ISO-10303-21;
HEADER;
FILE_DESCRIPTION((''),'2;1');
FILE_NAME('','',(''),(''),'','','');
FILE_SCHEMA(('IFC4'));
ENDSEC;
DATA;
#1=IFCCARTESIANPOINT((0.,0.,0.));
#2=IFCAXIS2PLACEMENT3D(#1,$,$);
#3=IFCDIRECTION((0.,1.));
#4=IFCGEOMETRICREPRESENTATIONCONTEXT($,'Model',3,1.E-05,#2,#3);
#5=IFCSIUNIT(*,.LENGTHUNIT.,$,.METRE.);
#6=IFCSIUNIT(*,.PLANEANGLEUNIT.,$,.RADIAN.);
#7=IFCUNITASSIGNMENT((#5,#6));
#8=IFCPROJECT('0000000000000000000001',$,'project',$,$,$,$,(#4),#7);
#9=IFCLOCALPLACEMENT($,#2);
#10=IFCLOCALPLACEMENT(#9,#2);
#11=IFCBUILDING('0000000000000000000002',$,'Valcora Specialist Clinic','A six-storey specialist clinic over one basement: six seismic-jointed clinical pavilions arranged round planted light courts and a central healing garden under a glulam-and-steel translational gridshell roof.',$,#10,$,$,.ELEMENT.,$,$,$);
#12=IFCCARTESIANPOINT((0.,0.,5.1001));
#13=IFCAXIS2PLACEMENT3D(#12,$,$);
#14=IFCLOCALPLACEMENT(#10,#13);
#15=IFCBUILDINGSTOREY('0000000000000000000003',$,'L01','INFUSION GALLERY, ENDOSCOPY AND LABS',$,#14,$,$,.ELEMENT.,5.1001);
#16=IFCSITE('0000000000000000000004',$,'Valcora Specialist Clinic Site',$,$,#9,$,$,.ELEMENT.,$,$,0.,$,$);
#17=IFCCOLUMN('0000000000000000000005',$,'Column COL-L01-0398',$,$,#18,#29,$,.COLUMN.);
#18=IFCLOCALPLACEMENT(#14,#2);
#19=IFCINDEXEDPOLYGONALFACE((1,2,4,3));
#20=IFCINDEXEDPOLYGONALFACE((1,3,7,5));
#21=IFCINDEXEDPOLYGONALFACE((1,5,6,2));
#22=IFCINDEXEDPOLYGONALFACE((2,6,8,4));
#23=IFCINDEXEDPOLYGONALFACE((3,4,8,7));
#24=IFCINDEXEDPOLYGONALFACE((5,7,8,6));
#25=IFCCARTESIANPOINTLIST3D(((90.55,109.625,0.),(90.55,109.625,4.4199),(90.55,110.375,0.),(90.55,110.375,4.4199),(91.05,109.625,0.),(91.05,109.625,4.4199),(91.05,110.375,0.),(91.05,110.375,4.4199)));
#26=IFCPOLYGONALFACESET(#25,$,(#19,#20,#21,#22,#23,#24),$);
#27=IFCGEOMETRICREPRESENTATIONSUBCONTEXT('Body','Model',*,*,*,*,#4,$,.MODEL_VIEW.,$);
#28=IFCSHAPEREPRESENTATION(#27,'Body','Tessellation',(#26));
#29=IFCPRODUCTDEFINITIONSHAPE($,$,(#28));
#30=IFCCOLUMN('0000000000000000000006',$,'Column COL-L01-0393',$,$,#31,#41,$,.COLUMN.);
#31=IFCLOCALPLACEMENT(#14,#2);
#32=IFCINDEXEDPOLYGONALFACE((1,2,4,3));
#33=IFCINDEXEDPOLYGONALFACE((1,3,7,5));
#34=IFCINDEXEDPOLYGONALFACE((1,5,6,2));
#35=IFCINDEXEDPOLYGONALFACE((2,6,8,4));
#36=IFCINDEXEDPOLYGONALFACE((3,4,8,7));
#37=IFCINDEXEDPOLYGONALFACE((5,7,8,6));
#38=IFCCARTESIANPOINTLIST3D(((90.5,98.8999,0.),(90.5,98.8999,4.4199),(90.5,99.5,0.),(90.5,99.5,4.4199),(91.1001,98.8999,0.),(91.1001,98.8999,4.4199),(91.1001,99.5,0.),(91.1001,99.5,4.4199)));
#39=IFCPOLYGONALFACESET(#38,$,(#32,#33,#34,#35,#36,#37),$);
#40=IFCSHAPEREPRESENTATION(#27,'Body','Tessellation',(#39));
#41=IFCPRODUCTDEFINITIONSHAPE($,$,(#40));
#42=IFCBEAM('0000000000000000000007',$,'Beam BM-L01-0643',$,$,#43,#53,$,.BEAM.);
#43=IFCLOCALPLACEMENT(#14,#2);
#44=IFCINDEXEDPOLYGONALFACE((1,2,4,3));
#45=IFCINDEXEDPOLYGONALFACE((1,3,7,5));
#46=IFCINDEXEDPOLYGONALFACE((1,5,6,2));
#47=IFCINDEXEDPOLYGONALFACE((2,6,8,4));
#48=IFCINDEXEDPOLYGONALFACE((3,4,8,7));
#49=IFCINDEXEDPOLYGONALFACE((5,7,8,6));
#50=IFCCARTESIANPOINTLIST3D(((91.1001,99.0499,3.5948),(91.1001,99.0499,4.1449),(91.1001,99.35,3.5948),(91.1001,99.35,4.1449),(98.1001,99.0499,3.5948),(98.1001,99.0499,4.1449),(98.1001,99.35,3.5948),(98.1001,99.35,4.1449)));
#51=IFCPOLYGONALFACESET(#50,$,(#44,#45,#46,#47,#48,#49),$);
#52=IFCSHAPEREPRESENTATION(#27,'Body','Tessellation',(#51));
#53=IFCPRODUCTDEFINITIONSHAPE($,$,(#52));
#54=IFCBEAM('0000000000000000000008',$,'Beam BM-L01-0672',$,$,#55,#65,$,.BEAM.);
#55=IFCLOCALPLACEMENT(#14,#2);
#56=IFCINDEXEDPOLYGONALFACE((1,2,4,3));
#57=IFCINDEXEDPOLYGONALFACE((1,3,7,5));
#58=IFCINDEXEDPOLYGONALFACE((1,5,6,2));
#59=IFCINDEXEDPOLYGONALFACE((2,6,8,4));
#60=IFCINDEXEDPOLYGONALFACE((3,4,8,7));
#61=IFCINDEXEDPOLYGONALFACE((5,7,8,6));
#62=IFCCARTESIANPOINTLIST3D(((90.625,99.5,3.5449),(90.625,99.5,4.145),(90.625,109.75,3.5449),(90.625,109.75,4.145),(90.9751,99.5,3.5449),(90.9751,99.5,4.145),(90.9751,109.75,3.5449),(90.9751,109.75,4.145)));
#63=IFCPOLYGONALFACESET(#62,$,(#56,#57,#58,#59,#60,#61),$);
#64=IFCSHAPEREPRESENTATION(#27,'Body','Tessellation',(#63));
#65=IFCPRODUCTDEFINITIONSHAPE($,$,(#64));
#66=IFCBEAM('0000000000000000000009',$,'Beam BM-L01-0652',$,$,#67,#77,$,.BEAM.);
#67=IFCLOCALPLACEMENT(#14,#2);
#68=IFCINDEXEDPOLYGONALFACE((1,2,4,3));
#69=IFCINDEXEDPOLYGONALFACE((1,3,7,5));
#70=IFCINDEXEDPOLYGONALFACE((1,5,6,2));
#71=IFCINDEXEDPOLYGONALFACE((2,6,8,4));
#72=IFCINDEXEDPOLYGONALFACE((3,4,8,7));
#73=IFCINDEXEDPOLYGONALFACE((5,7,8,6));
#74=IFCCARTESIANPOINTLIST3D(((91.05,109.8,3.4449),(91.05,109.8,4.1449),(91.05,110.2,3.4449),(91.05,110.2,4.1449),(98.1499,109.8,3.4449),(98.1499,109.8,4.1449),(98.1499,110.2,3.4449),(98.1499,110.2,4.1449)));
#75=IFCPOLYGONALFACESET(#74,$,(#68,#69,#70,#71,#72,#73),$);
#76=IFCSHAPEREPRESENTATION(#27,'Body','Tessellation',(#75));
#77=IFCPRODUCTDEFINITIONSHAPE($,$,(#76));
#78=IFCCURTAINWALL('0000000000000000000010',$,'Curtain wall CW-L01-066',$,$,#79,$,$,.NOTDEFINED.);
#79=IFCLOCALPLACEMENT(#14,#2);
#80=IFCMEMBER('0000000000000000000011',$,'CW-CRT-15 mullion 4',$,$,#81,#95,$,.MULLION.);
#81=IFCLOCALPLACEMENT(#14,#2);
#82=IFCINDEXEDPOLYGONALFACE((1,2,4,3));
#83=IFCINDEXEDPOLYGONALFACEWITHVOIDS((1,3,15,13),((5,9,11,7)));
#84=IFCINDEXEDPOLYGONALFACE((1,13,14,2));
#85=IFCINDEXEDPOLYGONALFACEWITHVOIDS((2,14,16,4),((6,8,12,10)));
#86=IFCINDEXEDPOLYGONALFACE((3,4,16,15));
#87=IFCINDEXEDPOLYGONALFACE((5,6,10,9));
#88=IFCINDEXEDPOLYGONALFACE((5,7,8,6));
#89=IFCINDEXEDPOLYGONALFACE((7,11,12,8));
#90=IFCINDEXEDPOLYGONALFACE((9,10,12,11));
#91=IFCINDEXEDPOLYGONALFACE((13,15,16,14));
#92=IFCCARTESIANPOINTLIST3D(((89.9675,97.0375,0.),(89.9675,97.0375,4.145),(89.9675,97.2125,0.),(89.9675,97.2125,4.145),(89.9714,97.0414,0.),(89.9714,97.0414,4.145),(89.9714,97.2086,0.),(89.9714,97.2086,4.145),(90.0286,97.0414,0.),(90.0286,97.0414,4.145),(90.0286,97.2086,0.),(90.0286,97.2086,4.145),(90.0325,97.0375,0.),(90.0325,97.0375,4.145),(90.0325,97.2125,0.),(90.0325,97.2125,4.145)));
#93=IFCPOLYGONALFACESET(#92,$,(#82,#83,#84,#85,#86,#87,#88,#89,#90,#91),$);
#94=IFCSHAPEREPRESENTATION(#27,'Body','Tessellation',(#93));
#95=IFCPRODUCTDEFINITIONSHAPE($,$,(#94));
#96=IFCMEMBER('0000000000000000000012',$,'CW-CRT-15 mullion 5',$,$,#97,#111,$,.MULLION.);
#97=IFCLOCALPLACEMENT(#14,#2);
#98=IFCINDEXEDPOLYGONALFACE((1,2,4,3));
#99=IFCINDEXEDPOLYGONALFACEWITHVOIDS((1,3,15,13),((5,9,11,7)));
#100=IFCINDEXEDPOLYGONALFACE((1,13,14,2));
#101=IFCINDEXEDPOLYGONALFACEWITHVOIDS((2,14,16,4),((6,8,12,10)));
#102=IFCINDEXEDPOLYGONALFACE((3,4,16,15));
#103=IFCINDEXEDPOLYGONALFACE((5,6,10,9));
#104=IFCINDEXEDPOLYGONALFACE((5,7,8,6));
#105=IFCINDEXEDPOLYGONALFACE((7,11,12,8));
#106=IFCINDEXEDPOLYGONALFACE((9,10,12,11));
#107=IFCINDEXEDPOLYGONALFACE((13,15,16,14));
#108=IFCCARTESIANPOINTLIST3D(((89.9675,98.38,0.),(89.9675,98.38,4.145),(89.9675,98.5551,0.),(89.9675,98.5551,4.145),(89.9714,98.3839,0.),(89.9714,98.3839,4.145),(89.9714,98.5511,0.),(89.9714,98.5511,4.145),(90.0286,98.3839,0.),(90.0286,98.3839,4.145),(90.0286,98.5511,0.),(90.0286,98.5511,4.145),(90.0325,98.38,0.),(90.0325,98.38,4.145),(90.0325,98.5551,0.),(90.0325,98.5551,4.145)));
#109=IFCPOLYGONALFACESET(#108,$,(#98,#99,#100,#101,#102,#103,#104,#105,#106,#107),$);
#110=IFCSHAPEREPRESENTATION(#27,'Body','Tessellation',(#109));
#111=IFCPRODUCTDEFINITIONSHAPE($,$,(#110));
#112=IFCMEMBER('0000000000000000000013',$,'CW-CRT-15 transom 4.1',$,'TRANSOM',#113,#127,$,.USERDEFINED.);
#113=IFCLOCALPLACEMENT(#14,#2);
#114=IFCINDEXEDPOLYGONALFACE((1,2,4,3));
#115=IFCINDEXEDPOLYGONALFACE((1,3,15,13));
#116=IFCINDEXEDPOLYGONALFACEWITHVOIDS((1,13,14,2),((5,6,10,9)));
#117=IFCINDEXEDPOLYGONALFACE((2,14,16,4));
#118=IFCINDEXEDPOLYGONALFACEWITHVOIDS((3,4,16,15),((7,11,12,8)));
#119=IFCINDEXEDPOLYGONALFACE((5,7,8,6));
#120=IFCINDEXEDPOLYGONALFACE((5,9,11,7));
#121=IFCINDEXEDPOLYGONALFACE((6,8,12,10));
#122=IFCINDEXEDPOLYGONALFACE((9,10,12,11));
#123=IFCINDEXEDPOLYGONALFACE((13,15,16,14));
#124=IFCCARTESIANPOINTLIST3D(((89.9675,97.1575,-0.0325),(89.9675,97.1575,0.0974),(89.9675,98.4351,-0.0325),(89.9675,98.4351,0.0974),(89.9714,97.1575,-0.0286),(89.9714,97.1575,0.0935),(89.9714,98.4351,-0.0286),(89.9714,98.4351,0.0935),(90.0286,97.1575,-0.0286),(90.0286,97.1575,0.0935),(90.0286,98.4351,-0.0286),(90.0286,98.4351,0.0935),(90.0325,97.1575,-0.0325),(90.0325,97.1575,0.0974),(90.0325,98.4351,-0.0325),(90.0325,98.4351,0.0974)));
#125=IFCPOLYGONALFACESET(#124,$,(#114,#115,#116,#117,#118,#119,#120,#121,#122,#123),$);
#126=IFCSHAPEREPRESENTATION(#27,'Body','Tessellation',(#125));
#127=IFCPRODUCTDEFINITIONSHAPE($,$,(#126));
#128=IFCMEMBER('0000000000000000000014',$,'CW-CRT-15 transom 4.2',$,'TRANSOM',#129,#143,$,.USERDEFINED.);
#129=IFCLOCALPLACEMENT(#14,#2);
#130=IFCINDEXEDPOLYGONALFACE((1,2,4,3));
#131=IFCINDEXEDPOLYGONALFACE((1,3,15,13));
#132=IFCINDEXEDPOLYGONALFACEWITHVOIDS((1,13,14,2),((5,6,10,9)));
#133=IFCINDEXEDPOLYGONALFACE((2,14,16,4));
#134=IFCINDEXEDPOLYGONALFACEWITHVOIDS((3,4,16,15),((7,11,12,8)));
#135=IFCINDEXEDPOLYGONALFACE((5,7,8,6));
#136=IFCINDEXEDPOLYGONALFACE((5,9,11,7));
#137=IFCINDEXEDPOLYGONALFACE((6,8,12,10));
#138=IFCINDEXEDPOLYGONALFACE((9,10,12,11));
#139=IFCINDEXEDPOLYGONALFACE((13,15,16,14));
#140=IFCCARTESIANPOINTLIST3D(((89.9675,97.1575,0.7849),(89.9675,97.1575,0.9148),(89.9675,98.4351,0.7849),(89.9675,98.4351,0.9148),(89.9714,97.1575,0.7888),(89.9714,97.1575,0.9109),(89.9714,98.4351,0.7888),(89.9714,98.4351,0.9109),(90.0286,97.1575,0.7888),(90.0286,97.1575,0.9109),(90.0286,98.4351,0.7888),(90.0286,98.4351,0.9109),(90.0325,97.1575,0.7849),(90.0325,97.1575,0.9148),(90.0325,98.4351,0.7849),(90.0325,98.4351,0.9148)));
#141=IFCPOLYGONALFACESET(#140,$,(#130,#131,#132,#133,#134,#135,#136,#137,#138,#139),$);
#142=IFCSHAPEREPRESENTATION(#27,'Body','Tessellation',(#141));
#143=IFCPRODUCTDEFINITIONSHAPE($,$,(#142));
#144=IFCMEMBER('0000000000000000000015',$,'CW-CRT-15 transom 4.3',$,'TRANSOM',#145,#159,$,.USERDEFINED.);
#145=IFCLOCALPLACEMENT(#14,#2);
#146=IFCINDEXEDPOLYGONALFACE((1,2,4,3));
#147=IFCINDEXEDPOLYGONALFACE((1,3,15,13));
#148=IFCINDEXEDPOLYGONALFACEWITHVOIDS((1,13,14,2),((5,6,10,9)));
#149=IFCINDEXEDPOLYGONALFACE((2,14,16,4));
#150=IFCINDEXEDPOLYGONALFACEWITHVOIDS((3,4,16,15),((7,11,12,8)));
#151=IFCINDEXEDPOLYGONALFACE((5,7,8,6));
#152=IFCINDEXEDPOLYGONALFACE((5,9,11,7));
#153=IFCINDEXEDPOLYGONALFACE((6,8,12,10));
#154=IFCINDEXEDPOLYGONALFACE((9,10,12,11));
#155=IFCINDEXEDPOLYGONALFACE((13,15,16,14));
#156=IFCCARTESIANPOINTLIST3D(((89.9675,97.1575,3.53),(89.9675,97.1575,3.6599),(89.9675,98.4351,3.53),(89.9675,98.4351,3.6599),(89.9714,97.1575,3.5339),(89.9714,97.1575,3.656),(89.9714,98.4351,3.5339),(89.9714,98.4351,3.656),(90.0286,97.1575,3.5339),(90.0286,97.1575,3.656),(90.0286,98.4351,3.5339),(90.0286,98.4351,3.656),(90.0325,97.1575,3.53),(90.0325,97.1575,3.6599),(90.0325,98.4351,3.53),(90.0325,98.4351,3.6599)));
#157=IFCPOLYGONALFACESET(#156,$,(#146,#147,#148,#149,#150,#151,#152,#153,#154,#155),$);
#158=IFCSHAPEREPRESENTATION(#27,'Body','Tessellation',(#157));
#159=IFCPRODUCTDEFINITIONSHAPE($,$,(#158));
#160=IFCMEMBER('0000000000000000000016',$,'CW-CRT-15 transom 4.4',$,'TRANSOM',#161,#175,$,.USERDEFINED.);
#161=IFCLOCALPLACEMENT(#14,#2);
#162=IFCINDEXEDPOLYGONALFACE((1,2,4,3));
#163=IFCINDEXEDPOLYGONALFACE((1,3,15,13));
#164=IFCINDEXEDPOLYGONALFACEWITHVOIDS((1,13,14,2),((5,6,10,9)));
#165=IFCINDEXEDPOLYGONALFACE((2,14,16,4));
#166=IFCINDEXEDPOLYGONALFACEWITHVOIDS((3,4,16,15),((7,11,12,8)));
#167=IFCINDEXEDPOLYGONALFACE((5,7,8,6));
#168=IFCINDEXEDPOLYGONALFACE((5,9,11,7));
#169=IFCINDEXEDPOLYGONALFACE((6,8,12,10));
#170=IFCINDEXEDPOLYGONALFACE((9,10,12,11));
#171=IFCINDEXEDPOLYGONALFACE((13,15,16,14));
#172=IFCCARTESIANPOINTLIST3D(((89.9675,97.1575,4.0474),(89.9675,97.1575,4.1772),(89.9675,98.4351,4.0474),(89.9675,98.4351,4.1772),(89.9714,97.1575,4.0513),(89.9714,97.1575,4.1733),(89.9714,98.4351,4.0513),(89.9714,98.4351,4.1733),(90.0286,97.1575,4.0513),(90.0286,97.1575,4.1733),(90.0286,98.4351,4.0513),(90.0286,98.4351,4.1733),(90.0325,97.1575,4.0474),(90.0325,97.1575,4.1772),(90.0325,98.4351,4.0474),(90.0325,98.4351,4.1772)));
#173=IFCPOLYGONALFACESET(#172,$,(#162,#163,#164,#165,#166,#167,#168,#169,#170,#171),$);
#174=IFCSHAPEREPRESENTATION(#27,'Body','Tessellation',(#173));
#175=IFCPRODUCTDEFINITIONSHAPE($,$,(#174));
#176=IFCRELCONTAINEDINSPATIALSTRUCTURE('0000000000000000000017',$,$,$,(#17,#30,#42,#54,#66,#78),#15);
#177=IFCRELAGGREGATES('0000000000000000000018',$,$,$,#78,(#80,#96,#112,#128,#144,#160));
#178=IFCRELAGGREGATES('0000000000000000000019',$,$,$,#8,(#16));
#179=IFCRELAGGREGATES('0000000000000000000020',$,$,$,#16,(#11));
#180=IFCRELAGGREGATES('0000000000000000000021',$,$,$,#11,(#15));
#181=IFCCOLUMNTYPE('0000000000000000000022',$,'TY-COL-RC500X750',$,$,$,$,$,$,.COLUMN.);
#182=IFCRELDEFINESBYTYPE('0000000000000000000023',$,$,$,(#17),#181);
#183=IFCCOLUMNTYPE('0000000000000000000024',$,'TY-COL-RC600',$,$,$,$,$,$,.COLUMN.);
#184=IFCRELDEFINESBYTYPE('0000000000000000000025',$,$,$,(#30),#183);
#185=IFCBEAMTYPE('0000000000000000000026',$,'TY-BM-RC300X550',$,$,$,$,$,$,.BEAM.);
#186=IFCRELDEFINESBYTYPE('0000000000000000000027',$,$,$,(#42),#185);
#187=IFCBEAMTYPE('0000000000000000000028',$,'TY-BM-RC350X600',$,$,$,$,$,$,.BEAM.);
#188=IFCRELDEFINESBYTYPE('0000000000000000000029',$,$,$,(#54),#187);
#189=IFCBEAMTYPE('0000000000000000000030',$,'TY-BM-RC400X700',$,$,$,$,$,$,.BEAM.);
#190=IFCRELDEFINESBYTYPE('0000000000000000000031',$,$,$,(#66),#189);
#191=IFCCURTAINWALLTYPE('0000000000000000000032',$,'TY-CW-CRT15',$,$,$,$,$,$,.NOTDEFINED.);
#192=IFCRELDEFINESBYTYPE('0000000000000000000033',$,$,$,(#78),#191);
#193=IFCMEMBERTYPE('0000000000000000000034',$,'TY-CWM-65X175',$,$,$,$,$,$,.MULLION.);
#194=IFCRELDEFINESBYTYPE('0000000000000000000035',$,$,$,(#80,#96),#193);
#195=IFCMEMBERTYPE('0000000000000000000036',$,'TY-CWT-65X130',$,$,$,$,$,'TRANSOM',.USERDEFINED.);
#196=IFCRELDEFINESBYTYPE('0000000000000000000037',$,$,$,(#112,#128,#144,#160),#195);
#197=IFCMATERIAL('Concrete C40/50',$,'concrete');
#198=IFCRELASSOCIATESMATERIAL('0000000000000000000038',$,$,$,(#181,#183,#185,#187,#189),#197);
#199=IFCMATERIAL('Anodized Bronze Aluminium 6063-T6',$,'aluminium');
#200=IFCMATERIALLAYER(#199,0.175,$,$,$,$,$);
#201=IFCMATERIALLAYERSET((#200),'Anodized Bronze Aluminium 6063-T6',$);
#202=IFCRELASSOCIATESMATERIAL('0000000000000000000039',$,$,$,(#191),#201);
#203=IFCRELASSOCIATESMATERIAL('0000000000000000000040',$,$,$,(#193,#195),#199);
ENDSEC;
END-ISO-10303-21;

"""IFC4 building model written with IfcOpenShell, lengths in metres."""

from ifc_helpers import new_model, si_unit, direction, frame, origin, origin_2d, place, context, subcontext, project, spatial, rectangle, hollow_rectangle, extrude, material, layer, layer_set, material_profile, profile_set, type_object, element, aggregate, save


model = new_model("IFC4")

# Units and contexts
model_context = context("Model", 3, precision=1e-05, world=origin(), true_north=direction((0.0, 1.0)))
body_context = subcontext(model_context, "Body", "Model", "MODEL_VIEW")
ifc_project = project(units=[si_unit("LENGTHUNIT", "METRE"), si_unit("PLANEANGLEUNIT", "RADIAN")], contexts=[model_context])

# Site, building, storey
site_placement = place(None, origin())
site = spatial("IfcSite", under=ifc_project, at=site_placement, Name="Valcora Specialist Clinic Site", CompositionType="ELEMENT", RefElevation=0.0)
building_placement = place(site_placement, origin())
building = spatial("IfcBuilding", under=site, at=building_placement, Name="Valcora Specialist Clinic", Description="A six-storey specialist clinic over one basement: six seismic-jointed clinical pavilions arranged round planted light courts and a central healing garden under a glulam-and-steel translational gridshell roof.", CompositionType="ELEMENT")
storey_placement = place(building_placement, frame((0.0, 0.0, 5.1001)))
storey = spatial("IfcBuildingStorey", under=building, at=storey_placement, Name="L01", Description="INFUSION GALLERY, ENDOSCOPY AND LABS", CompositionType="ELEMENT", Elevation=5.1001)

# Columns
ifc_material_1 = material(Name="Concrete C40/50", Category="concrete")
ifc_material_profile_1 = material_profile(ifc_material_1, rectangle(XDim=0.5, YDim=0.75, at=origin_2d()), Name="RC-COL-500X750")
ifc_profile_set_1 = profile_set([ifc_material_profile_1], Name="Concrete C40/50")
column_type_1 = type_object("IfcColumnType", Name="TY-COL-RC500X750", PredefinedType="COLUMN", material=ifc_profile_set_1)
column_1_placement = place(storey_placement, frame((90.8, 110.0, 0.0), z_axis=(0.0, 0.0, 1.0), x_axis=(1.0, 0.0, 0.0)))
element("IfcColumn", 1, at=column_1_placement, inside=storey, type_object=column_type_1, Name="Column COL-L01-0398", PredefinedType="COLUMN", context=body_context, shape_type="SweptSolid", body=[
    extrude(rectangle(XDim=0.5, YDim=0.75, at=origin_2d()), origin(), (0.0, 0.0, 1.0), 4.4199),
])
ifc_material_profile_2 = material_profile(ifc_material_1, rectangle(XDim=0.6001, YDim=0.6001, at=origin_2d()), Name="RC-COL-600X600")
ifc_profile_set_2 = profile_set([ifc_material_profile_2], Name="Concrete C40/50")
column_type_2 = type_object("IfcColumnType", Name="TY-COL-RC600", PredefinedType="COLUMN", material=ifc_profile_set_2)
column_2_placement = place(storey_placement, frame((90.8, 99.2, 0.0), z_axis=(0.0, 0.0, 1.0), x_axis=(1.0, 0.0, 0.0)))
element("IfcColumn", 2, at=column_2_placement, inside=storey, type_object=column_type_2, Name="Column COL-L01-0393", PredefinedType="COLUMN", context=body_context, shape_type="SweptSolid", body=[
    extrude(rectangle(XDim=0.6001, YDim=0.6001, at=origin_2d()), origin(), (0.0, 0.0, 1.0), 4.4199),
])

# Beams
ifc_material_profile_3 = material_profile(ifc_material_1, rectangle(XDim=0.3, YDim=0.55, at=origin_2d()), Name="RC-BM-300X550")
ifc_profile_set_3 = profile_set([ifc_material_profile_3], Name="Concrete C40/50")
beam_type_1 = type_object("IfcBeamType", Name="TY-BM-RC300X550", PredefinedType="BEAM", material=ifc_profile_set_3)
beam_1_placement = place(storey_placement, frame((91.1001, 99.2, 3.8699), z_axis=(1.0, 0.0, 0.0), x_axis=(0.0, 1.0, 0.0)))
element("IfcBeam", 3, at=beam_1_placement, inside=storey, type_object=beam_type_1, Name="Beam BM-L01-0643", PredefinedType="BEAM", context=body_context, shape_type="SweptSolid", body=[
    extrude(rectangle(XDim=0.3, YDim=0.55, at=origin_2d()), origin(), (0.0, 0.0, 1.0), 7.0),
])
ifc_material_profile_4 = material_profile(ifc_material_1, rectangle(XDim=0.3501, YDim=0.6001, at=origin_2d()), Name="RC-BM-350X600")
ifc_profile_set_4 = profile_set([ifc_material_profile_4], Name="Concrete C40/50")
beam_type_2 = type_object("IfcBeamType", Name="TY-BM-RC350X600", PredefinedType="BEAM", material=ifc_profile_set_4)
beam_2_placement = place(storey_placement, frame((90.8, 99.5, 3.845), z_axis=(0.0, 1.0, 0.0), x_axis=(-1.0, 0.0, 0.0)))
element("IfcBeam", 4, at=beam_2_placement, inside=storey, type_object=beam_type_2, Name="Beam BM-L01-0672", PredefinedType="BEAM", context=body_context, shape_type="SweptSolid", body=[
    extrude(rectangle(XDim=0.3501, YDim=0.6001, at=origin_2d()), origin(), (0.0, 0.0, 1.0), 10.25),
])
ifc_material_profile_5 = material_profile(ifc_material_1, rectangle(XDim=0.3999, YDim=0.7, at=origin_2d()), Name="RC-BM-400X700")
ifc_profile_set_5 = profile_set([ifc_material_profile_5], Name="Concrete C40/50")
beam_type_3 = type_object("IfcBeamType", Name="TY-BM-RC400X700", PredefinedType="BEAM", material=ifc_profile_set_5)
beam_3_placement = place(storey_placement, frame((91.05, 110.0, 3.7949), z_axis=(1.0, 0.0, 0.0), x_axis=(0.0, 1.0, 0.0)))
element("IfcBeam", 5, at=beam_3_placement, inside=storey, type_object=beam_type_3, Name="Beam BM-L01-0652", PredefinedType="BEAM", context=body_context, shape_type="SweptSolid", body=[
    extrude(rectangle(XDim=0.3999, YDim=0.7, at=origin_2d()), origin(), (0.0, 0.0, 1.0), 7.0999),
])

# Curtain wall, members
ifc_material_2 = material(Name="Anodized Bronze Aluminium 6063-T6", Category="aluminium")
ifc_layer_1 = layer(ifc_material_2, 0.175)
ifc_layer_set_1 = layer_set([ifc_layer_1], Name="Anodized Bronze Aluminium 6063-T6")
curtain_wall_type = type_object("IfcCurtainWallType", Name="TY-CW-CRT15", PredefinedType="NOTDEFINED", material=ifc_layer_set_1)
curtain_wall_placement = place(storey_placement, origin())
curtain_wall = element("IfcCurtainWall", 6, at=curtain_wall_placement, inside=storey, type_object=curtain_wall_type, Name="Curtain wall CW-L01-066", PredefinedType="NOTDEFINED")
ifc_material_profile_6 = material_profile(ifc_material_2, hollow_rectangle(XDim=0.0649, YDim=0.175, WallThickness=0.0039, at=origin_2d()), Name="AL-MUL-65X175")
ifc_profile_set_6 = profile_set([ifc_material_profile_6], Name="Anodized Bronze Aluminium 6063-T6")
member_type_1 = type_object("IfcMemberType", Name="TY-CWM-65X175", PredefinedType="MULLION", material=ifc_profile_set_6)
member_1_placement = place(storey_placement, frame((90.0, 97.125, 0.0), z_axis=(0.0, 0.0, 1.0), x_axis=(-1.0, 0.0, 0.0)))
member_1 = element("IfcMember", 7, at=member_1_placement, type_object=member_type_1, Name="CW-CRT-15 mullion 4", PredefinedType="MULLION", context=body_context, shape_type="SweptSolid", body=[
    extrude(hollow_rectangle(XDim=0.0649, YDim=0.175, WallThickness=0.0039, at=origin_2d()), origin(), (0.0, 0.0, 1.0), 4.145),
])
member_2_placement = place(storey_placement, frame((90.0, 98.4675, 0.0), z_axis=(0.0, 0.0, 1.0), x_axis=(-1.0, 0.0, 0.0)))
member_2 = element("IfcMember", 8, at=member_2_placement, type_object=member_type_1, Name="CW-CRT-15 mullion 5", PredefinedType="MULLION", context=body_context, shape_type="SweptSolid", body=[
    extrude(hollow_rectangle(XDim=0.0649, YDim=0.175, WallThickness=0.0039, at=origin_2d()), origin(), (0.0, 0.0, 1.0), 4.145),
])
ifc_material_profile_7 = material_profile(ifc_material_2, hollow_rectangle(XDim=0.0649, YDim=0.1299, WallThickness=0.0039, at=origin_2d()), Name="AL-TRN-65X130")
ifc_profile_set_7 = profile_set([ifc_material_profile_7], Name="Anodized Bronze Aluminium 6063-T6")
member_type_2 = type_object("IfcMemberType", Name="TY-CWT-65X130", ElementType="TRANSOM", PredefinedType="USERDEFINED", material=ifc_profile_set_7)
member_3_placement = place(storey_placement, frame((90.0, 97.1575, 0.0325), z_axis=(0.0, 1.0, 0.0), x_axis=(-1.0, 0.0, 0.0)))
member_3 = element("IfcMember", 9, at=member_3_placement, type_object=member_type_2, Name="CW-CRT-15 transom 4.1", ObjectType="TRANSOM", PredefinedType="USERDEFINED", context=body_context, shape_type="SweptSolid", body=[
    extrude(hollow_rectangle(XDim=0.0649, YDim=0.1299, WallThickness=0.0039, at=origin_2d()), origin(), (0.0, 0.0, 1.0), 1.2776),
])
member_4_placement = place(storey_placement, frame((90.0, 97.1575, 0.8499), z_axis=(0.0, 1.0, 0.0), x_axis=(-1.0, 0.0, 0.0)))
member_4 = element("IfcMember", 10, at=member_4_placement, type_object=member_type_2, Name="CW-CRT-15 transom 4.2", ObjectType="TRANSOM", PredefinedType="USERDEFINED", context=body_context, shape_type="SweptSolid", body=[
    extrude(hollow_rectangle(XDim=0.0649, YDim=0.1299, WallThickness=0.0039, at=origin_2d()), origin(), (0.0, 0.0, 1.0), 1.2776),
])
member_5_placement = place(storey_placement, frame((90.0, 97.1575, 3.595), z_axis=(0.0, 1.0, 0.0), x_axis=(-1.0, 0.0, 0.0)))
member_5 = element("IfcMember", 11, at=member_5_placement, type_object=member_type_2, Name="CW-CRT-15 transom 4.3", ObjectType="TRANSOM", PredefinedType="USERDEFINED", context=body_context, shape_type="SweptSolid", body=[
    extrude(hollow_rectangle(XDim=0.0649, YDim=0.1299, WallThickness=0.0039, at=origin_2d()), origin(), (0.0, 0.0, 1.0), 1.2776),
])
member_6_placement = place(storey_placement, frame((90.0, 97.1575, 4.1123), z_axis=(0.0, 1.0, 0.0), x_axis=(-1.0, 0.0, 0.0)))
member_6 = element("IfcMember", 12, at=member_6_placement, type_object=member_type_2, Name="CW-CRT-15 transom 4.4", ObjectType="TRANSOM", PredefinedType="USERDEFINED", context=body_context, shape_type="SweptSolid", body=[
    extrude(hollow_rectangle(XDim=0.0649, YDim=0.1299, WallThickness=0.0039, at=origin_2d()), origin(), (0.0, 0.0, 1.0), 1.2776),
])
aggregate(curtain_wall, [member_1, member_2, member_3, member_4, member_5, member_6])

save(model, "model.ifc")
